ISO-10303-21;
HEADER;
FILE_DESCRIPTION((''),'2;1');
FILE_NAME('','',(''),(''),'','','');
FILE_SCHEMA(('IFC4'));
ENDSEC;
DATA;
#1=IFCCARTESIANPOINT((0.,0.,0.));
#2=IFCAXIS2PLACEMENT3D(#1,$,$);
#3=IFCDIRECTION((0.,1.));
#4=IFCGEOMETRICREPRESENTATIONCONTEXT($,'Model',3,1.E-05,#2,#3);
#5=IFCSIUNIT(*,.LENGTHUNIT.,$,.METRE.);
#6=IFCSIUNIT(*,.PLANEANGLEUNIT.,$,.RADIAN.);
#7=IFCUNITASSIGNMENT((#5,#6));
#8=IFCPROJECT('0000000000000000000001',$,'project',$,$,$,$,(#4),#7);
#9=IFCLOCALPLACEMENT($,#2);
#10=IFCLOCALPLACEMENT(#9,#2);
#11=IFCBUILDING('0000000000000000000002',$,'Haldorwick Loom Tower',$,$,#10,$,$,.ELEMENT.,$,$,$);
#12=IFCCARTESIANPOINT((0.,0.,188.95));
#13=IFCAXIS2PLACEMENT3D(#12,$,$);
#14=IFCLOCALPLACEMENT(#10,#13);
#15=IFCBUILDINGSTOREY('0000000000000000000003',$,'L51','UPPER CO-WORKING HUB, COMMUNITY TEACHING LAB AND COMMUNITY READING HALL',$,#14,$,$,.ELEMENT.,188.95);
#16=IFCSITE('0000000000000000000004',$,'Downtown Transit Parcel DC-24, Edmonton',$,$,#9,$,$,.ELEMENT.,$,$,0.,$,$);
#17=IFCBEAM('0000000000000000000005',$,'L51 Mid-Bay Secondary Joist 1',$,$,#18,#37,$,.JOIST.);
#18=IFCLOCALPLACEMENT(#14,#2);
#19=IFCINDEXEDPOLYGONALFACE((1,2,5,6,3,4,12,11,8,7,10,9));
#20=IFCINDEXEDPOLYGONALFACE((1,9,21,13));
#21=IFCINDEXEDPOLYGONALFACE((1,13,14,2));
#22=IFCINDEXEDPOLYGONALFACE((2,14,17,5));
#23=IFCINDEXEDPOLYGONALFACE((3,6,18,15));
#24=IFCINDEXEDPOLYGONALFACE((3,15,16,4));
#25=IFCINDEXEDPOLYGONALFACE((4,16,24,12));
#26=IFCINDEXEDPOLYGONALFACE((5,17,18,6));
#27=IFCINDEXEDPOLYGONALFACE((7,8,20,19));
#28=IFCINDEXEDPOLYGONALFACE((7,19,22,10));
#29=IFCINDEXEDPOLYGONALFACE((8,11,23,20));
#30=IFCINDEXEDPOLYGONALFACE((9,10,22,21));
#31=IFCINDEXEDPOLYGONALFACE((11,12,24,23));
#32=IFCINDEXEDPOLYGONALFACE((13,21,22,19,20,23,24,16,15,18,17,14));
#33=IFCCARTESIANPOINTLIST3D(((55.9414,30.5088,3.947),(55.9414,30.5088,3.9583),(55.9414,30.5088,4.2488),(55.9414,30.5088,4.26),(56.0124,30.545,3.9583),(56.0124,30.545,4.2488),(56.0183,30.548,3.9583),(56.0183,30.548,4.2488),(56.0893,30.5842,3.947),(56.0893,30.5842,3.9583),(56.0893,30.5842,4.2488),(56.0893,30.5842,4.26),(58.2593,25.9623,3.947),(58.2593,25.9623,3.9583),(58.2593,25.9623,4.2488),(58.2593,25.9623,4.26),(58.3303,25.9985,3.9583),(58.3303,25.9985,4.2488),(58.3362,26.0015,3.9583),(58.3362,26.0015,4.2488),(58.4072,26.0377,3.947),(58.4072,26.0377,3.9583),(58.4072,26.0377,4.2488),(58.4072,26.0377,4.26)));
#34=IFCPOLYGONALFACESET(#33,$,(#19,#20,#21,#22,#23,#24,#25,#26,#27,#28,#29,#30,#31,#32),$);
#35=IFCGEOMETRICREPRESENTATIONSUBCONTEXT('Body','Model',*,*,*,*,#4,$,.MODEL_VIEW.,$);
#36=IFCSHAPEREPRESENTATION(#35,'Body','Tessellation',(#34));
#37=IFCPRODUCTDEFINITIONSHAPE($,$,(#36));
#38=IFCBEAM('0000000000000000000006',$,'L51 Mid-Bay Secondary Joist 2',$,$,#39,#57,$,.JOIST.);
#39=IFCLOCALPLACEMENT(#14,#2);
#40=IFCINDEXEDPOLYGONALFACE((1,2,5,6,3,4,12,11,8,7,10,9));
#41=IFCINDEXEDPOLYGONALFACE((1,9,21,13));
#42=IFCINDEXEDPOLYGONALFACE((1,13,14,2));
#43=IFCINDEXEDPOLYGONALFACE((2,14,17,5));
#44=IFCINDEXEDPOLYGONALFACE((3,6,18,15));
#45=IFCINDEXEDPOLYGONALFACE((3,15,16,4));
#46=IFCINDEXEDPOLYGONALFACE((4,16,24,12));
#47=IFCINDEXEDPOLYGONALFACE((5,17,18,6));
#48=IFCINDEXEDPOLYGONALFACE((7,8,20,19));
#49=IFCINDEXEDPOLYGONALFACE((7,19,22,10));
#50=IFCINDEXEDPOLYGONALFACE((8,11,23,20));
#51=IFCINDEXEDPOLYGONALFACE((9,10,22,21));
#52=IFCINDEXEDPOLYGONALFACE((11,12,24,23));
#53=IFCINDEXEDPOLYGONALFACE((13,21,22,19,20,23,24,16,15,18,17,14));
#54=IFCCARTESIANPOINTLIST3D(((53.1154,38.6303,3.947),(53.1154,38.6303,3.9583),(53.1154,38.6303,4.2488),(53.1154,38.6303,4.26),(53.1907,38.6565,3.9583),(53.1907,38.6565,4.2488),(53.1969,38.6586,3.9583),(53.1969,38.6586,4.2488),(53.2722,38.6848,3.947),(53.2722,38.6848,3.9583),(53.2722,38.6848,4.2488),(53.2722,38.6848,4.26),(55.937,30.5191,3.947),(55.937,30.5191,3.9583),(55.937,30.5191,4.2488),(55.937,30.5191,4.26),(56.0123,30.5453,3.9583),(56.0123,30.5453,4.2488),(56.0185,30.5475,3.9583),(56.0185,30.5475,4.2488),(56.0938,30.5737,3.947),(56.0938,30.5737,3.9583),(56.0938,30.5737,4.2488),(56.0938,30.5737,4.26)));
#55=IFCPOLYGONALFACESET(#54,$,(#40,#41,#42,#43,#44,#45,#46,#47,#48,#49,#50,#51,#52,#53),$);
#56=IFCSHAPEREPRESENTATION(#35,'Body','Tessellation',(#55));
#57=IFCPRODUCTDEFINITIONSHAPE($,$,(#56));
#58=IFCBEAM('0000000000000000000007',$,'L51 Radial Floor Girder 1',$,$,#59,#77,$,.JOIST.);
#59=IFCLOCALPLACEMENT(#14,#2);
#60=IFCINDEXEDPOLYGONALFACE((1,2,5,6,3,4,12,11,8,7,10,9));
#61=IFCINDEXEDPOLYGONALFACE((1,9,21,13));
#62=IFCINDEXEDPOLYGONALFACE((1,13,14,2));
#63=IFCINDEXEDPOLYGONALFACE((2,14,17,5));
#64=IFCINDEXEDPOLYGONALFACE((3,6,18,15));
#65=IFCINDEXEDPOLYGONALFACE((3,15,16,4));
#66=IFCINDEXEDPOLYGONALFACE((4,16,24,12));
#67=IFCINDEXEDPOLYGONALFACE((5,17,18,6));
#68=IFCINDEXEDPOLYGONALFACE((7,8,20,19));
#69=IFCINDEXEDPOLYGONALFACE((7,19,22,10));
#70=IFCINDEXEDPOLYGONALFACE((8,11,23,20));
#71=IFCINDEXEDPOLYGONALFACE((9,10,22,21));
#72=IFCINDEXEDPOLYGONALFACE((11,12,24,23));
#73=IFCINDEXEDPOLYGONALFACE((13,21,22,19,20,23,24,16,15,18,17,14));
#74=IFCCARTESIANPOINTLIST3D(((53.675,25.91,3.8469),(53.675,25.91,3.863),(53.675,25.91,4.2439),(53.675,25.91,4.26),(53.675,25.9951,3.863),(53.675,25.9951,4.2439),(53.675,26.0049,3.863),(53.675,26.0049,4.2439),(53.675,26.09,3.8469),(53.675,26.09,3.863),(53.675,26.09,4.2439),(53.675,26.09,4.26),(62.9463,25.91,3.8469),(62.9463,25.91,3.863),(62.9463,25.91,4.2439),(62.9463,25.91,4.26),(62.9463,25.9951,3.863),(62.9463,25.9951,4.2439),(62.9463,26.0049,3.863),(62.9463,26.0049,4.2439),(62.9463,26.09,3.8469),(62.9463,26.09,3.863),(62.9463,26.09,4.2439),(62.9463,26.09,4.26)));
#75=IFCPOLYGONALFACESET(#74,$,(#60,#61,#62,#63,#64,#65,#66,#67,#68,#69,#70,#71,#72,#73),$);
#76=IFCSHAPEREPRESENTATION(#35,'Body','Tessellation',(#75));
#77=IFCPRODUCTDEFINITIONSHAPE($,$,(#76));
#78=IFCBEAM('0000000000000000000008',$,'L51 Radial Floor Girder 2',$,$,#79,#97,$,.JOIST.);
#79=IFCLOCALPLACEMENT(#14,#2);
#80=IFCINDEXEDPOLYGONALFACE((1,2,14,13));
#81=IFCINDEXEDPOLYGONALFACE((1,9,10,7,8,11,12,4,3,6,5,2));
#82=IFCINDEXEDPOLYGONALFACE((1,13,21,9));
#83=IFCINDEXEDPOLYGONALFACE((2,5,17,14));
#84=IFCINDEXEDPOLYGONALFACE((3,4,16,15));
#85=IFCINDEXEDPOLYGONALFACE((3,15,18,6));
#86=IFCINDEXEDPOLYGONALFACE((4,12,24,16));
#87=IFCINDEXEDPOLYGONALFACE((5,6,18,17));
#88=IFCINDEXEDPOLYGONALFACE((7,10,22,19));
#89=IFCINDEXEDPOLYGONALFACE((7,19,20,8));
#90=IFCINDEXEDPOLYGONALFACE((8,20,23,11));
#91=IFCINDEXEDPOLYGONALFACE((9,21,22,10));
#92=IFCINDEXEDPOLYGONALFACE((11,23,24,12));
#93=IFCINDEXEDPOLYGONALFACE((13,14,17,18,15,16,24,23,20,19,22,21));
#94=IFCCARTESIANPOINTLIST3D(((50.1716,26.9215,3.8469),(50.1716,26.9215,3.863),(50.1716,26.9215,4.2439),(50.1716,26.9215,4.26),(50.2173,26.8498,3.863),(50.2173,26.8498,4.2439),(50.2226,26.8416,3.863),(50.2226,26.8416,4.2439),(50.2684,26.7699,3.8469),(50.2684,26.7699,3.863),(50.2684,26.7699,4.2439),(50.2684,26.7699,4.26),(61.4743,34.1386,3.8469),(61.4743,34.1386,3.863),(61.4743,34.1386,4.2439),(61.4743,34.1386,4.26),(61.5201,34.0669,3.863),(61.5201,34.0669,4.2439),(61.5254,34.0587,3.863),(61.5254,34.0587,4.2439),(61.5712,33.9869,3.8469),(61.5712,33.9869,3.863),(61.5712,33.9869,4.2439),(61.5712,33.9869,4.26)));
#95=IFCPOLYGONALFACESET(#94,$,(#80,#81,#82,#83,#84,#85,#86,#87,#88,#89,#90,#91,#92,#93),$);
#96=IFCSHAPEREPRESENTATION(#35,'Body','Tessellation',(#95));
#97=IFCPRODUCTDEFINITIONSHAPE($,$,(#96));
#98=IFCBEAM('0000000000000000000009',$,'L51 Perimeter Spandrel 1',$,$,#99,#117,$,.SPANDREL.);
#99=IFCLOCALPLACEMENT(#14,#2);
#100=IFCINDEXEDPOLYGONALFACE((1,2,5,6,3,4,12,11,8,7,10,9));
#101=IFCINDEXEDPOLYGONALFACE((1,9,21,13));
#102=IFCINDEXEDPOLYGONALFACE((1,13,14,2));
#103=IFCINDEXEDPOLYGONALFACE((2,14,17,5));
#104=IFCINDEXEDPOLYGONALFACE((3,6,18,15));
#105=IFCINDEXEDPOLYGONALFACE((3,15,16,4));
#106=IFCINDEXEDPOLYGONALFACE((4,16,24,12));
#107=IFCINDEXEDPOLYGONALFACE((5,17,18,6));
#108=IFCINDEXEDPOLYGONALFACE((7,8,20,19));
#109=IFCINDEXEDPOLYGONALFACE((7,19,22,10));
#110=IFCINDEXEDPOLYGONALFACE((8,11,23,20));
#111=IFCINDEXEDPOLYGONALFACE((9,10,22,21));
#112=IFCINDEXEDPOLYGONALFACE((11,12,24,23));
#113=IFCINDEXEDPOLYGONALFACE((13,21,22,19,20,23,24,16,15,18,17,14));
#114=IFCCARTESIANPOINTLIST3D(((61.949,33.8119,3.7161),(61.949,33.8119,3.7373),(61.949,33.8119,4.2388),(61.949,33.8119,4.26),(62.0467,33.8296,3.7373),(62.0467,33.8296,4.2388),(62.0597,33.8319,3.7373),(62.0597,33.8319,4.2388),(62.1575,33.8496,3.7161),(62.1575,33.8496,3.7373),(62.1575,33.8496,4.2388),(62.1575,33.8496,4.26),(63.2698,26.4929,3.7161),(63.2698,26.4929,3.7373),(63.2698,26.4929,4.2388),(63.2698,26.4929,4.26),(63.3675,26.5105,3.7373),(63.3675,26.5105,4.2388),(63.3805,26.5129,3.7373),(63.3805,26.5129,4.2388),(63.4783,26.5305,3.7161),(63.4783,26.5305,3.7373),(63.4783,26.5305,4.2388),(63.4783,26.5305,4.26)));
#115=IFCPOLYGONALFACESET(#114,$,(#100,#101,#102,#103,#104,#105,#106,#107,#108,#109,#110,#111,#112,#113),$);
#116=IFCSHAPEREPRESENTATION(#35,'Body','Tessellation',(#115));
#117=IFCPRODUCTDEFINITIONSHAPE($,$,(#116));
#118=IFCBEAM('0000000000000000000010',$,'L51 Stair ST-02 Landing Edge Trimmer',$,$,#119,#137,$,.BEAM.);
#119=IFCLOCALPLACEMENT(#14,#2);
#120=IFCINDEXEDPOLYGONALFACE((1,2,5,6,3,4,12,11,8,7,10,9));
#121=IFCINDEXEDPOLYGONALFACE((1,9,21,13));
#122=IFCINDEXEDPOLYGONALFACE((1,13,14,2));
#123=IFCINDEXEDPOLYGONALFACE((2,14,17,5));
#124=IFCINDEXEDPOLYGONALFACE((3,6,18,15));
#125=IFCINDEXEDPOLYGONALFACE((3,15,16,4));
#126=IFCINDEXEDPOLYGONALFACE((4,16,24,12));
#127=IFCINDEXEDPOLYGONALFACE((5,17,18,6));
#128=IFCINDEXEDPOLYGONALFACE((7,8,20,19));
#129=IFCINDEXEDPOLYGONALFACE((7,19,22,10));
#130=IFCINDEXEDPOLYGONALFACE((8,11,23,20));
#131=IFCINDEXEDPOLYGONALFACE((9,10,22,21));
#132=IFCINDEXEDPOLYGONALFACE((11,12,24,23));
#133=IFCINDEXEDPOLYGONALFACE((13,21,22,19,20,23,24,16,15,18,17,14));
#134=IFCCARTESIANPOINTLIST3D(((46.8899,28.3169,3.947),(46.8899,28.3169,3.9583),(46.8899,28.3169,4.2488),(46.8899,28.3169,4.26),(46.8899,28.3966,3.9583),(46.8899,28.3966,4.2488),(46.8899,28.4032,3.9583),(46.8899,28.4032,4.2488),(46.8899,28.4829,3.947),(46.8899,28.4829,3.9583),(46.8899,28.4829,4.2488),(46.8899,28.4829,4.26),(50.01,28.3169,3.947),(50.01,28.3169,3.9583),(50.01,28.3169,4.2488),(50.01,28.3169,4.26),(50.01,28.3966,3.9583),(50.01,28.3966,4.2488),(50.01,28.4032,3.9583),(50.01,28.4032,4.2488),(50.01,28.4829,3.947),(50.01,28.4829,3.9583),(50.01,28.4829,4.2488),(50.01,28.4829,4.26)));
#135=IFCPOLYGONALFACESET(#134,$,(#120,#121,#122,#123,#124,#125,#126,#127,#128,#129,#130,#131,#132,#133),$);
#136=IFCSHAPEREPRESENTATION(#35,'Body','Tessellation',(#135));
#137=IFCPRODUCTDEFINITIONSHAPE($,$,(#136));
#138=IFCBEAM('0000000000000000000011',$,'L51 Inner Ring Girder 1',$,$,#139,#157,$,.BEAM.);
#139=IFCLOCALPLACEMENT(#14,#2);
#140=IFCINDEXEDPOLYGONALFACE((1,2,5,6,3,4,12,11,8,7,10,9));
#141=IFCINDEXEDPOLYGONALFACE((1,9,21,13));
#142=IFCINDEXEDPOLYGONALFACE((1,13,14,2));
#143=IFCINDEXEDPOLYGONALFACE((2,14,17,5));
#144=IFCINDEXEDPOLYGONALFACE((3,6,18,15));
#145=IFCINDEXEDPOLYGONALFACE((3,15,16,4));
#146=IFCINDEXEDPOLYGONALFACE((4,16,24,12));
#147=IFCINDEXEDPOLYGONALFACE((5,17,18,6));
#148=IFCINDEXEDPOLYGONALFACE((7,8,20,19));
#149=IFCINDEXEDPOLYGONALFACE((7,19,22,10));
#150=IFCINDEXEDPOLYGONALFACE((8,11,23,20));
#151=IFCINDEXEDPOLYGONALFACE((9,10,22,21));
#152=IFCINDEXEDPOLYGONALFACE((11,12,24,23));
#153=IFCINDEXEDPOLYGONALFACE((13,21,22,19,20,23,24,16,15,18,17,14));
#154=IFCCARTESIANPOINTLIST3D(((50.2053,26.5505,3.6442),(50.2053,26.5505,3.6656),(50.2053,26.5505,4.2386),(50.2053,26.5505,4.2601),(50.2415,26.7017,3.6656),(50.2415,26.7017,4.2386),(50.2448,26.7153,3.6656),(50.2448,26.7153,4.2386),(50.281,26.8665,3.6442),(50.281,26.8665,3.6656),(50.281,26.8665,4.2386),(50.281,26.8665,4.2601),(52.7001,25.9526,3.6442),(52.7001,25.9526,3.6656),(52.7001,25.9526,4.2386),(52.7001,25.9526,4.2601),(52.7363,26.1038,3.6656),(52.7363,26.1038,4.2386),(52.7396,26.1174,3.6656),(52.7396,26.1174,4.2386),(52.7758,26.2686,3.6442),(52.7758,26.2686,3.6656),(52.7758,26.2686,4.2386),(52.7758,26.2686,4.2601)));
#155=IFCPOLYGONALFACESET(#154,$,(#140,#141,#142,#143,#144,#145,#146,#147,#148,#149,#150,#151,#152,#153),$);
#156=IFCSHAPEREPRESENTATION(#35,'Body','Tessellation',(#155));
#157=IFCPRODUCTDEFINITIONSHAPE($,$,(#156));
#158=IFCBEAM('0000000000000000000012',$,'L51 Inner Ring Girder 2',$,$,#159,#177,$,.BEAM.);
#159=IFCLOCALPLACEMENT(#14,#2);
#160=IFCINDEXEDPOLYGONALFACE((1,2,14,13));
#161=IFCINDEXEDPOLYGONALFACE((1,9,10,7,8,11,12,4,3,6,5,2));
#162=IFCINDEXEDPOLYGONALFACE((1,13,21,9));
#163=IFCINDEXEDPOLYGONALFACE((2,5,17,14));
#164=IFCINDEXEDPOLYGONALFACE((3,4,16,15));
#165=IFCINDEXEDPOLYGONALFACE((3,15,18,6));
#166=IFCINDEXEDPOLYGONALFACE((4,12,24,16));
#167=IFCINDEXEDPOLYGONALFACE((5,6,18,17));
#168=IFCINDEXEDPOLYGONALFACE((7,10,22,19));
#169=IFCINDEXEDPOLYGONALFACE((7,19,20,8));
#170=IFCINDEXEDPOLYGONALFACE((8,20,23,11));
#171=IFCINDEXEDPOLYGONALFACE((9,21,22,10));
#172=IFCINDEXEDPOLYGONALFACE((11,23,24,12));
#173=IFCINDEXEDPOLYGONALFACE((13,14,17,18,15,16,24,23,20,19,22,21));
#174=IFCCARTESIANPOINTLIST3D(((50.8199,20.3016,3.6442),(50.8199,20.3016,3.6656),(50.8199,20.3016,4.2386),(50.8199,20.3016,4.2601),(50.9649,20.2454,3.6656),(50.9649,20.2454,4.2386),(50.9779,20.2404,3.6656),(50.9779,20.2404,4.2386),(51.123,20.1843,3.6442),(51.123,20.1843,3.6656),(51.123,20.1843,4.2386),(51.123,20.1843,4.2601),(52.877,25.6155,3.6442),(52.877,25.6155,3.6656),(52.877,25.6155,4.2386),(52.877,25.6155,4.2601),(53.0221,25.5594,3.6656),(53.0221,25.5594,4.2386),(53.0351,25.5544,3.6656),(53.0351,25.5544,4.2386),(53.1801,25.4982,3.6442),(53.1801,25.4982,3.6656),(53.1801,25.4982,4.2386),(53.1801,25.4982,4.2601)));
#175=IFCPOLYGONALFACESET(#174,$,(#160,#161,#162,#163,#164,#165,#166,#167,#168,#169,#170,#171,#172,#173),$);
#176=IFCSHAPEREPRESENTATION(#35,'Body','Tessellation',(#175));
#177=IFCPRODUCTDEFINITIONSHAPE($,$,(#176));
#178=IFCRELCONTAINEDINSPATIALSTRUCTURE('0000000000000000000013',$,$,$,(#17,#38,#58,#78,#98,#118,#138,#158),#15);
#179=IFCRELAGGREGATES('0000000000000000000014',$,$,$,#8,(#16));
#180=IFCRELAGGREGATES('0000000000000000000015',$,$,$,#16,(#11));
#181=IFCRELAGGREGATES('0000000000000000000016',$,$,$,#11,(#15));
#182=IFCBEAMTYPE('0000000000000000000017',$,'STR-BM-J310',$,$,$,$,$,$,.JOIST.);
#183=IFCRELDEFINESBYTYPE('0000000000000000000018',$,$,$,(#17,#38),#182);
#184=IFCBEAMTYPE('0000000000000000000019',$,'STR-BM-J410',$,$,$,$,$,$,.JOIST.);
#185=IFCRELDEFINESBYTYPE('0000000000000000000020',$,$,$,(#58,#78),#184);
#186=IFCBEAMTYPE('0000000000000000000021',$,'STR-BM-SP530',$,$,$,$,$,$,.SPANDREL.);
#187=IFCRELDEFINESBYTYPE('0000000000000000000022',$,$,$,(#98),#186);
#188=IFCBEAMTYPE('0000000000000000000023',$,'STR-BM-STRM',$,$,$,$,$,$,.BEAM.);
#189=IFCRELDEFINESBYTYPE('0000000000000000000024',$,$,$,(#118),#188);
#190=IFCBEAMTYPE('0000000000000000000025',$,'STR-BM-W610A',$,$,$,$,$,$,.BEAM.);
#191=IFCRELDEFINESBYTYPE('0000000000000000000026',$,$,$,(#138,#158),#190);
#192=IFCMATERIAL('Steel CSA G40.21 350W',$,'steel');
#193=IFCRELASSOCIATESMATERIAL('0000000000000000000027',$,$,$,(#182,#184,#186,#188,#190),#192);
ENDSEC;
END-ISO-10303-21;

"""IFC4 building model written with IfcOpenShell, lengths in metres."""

from ifc_helpers import new_model, si_unit, direction, frame, origin, origin_2d, place, context, subcontext, project, spatial, i_section, extrude, material, material_profile, profile_set, type_object, element, save


model = new_model("IFC4")

# Units and contexts
model_context = context("Model", 3, precision=1e-05, world=origin(), true_north=direction((0.0, 1.0)))
body_context = subcontext(model_context, "Body", "Model", "MODEL_VIEW")
ifc_project = project(units=[si_unit("LENGTHUNIT", "METRE"), si_unit("PLANEANGLEUNIT", "RADIAN")], contexts=[model_context])

# Site, building, storey
site_placement = place(None, origin())
site = spatial("IfcSite", under=ifc_project, at=site_placement, Name="Downtown Transit Parcel DC-24, Edmonton", CompositionType="ELEMENT", RefElevation=0.0)
building_placement = place(site_placement, origin())
building = spatial("IfcBuilding", under=site, at=building_placement, Name="Haldorwick Loom Tower", CompositionType="ELEMENT")
storey_placement = place(building_placement, frame((0.0, 0.0, 188.95)))
storey = spatial("IfcBuildingStorey", under=building, at=storey_placement, Name="L51", Description="UPPER CO-WORKING HUB, COMMUNITY TEACHING LAB AND COMMUNITY READING HALL", CompositionType="ELEMENT", Elevation=188.95)

# Shared definitions
ifc_material_1 = material(Name="Steel CSA G40.21 350W", Category="steel")

# Beams
ifc_material_profile_1 = material_profile(ifc_material_1, i_section(OverallWidth=0.166, OverallDepth=0.313, WebThickness=0.0066, FlangeThickness=0.0112, at=origin_2d()), Name="W310X45", Category="steel")
ifc_profile_set_1 = profile_set([ifc_material_profile_1], Name="Steel CSA G40.21 350W")
beam_type_1 = type_object("IfcBeamType", Name="STR-BM-J310", PredefinedType="JOIST", material=ifc_profile_set_1)
beam_1_placement = place(storey_placement, frame((58.3333, 26.0, 4.1035), z_axis=(-0.454204, 0.890898, 0.0), x_axis=(-0.890898, -0.454204, 0.0)))
element("IfcBeam", 1, at=beam_1_placement, inside=storey, type_object=beam_type_1, Name="L51 Mid-Bay Secondary Joist 1", PredefinedType="JOIST", context=body_context, shape_type="SweptSolid", body=[
    extrude(i_section(OverallWidth=0.166, OverallDepth=0.313, WebThickness=0.0066, FlangeThickness=0.0112, at=origin_2d()), origin(), (0.0, 0.0, 1.0), 5.1033),
])
beam_2_placement = place(storey_placement, frame((56.0154, 30.5464, 4.1035), z_axis=(-0.32855, 0.944486, 0.0), x_axis=(-0.944486, -0.32855, 0.0)))
element("IfcBeam", 2, at=beam_2_placement, inside=storey, type_object=beam_type_1, Name="L51 Mid-Bay Secondary Joist 2", PredefinedType="JOIST", context=body_context, shape_type="SweptSolid", body=[
    extrude(i_section(OverallWidth=0.166, OverallDepth=0.313, WebThickness=0.0066, FlangeThickness=0.0112, at=origin_2d()), origin(), (0.0, 0.0, 1.0), 8.5879),
])
ifc_material_profile_2 = material_profile(ifc_material_1, i_section(OverallWidth=0.1799, OverallDepth=0.4131, WebThickness=0.0098, FlangeThickness=0.0161, at=origin_2d()), Name="W410X74", Category="steel")
ifc_profile_set_2 = profile_set([ifc_material_profile_2], Name="Steel CSA G40.21 350W")
beam_type_2 = type_object("IfcBeamType", Name="STR-BM-J410", PredefinedType="JOIST", material=ifc_profile_set_2)
beam_3_placement = place(storey_placement, frame((53.675, 26.0, 4.0535), z_axis=(1.0, 0.0, 0.0), x_axis=(0.0, 1.0, 0.0)))
element("IfcBeam", 3, at=beam_3_placement, inside=storey, type_object=beam_type_2, Name="L51 Radial Floor Girder 1", PredefinedType="JOIST", context=body_context, shape_type="SweptSolid", body=[
    extrude(i_section(OverallWidth=0.1799, OverallDepth=0.4131, WebThickness=0.0098, FlangeThickness=0.0161, at=origin_2d()), origin(), (0.0, 0.0, 1.0), 9.2712),
])
beam_4_placement = place(storey_placement, frame((50.22, 26.8457, 4.0535), z_axis=(0.842837, 0.538169, 0.0), x_axis=(-0.538169, 0.842837, 0.0)))
element("IfcBeam", 4, at=beam_4_placement, inside=storey, type_object=beam_type_2, Name="L51 Radial Floor Girder 2", PredefinedType="JOIST", context=body_context, shape_type="SweptSolid", body=[
    extrude(i_section(OverallWidth=0.1799, OverallDepth=0.4131, WebThickness=0.0098, FlangeThickness=0.0161, at=origin_2d()), origin(), (0.0, 0.0, 1.0), 13.4104),
])
ifc_material_profile_3 = material_profile(ifc_material_1, i_section(OverallWidth=0.2119, OverallDepth=0.5439, WebThickness=0.0132, FlangeThickness=0.0212, at=origin_2d()), Name="W530X123", Category="steel")
ifc_profile_set_3 = profile_set([ifc_material_profile_3], Name="Steel CSA G40.21 350W")
beam_type_3 = type_object("IfcBeamType", Name="STR-BM-SP530", PredefinedType="SPANDREL", material=ifc_profile_set_3)
beam_5_placement = place(storey_placement, frame((63.374, 26.5117, 3.988), z_axis=(-0.177591, 0.984104, 0.0), x_axis=(-0.984104, -0.177591, 0.0)))
element("IfcBeam", 5, at=beam_5_placement, inside=storey, type_object=beam_type_3, Name="L51 Perimeter Spandrel 1", PredefinedType="SPANDREL", context=body_context, shape_type="SweptSolid", body=[
    extrude(i_section(OverallWidth=0.2119, OverallDepth=0.5439, WebThickness=0.0132, FlangeThickness=0.0212, at=origin_2d()), origin(), (0.0, 0.0, 1.0), 7.4373),
])
ifc_material_profile_4 = material_profile(ifc_material_1, i_section(OverallWidth=0.166, OverallDepth=0.313, WebThickness=0.0066, FlangeThickness=0.0112, at=origin_2d()), Name="W310X45", Category="steel")
ifc_profile_set_4 = profile_set([ifc_material_profile_4], Name="Steel CSA G40.21 350W")
beam_type_4 = type_object("IfcBeamType", Name="STR-BM-STRM", PredefinedType="BEAM", material=ifc_profile_set_4)
beam_6_placement = place(storey_placement, frame((46.8899, 28.3999, 4.1035), z_axis=(1.0, 0.0, 0.0), x_axis=(0.0, 1.0, 0.0)))
element("IfcBeam", 6, at=beam_6_placement, inside=storey, type_object=beam_type_4, Name="L51 Stair ST-02 Landing Edge Trimmer", PredefinedType="BEAM", context=body_context, shape_type="SweptSolid", body=[
    extrude(i_section(OverallWidth=0.166, OverallDepth=0.313, WebThickness=0.0066, FlangeThickness=0.0112, at=origin_2d()), origin(), (0.0, 0.0, 1.0), 3.1201),
])
ifc_material_profile_5 = material_profile(ifc_material_1, i_section(OverallWidth=0.325, OverallDepth=0.616, WebThickness=0.0139, FlangeThickness=0.0215, at=origin_2d()), Name="W610X174", Category="steel")
ifc_profile_set_5 = profile_set([ifc_material_profile_5], Name="Steel CSA G40.21 350W")
beam_type_5 = type_object("IfcBeamType", Name="STR-BM-W610A", PredefinedType="BEAM", material=ifc_profile_set_5)
beam_7_placement = place(storey_placement, frame((50.2432, 26.7085, 3.9521), z_axis=(0.972464, -0.233053, 0.0), x_axis=(0.233053, 0.972464, 0.0)))
element("IfcBeam", 7, at=beam_7_placement, inside=storey, type_object=beam_type_5, Name="L51 Inner Ring Girder 1", PredefinedType="BEAM", context=body_context, shape_type="SweptSolid", body=[
    extrude(i_section(OverallWidth=0.325, OverallDepth=0.616, WebThickness=0.0139, FlangeThickness=0.0215, at=origin_2d()), origin(), (0.0, 0.0, 1.0), 2.5654),
])
beam_8_placement = place(storey_placement, frame((53.0286, 25.5569, 3.9521), z_axis=(-0.361011, -0.932562, 0.0), x_axis=(0.932562, -0.361011, 0.0)))
element("IfcBeam", 8, at=beam_8_placement, inside=storey, type_object=beam_type_5, Name="L51 Inner Ring Girder 2", PredefinedType="BEAM", context=body_context, shape_type="SweptSolid", body=[
    extrude(i_section(OverallWidth=0.325, OverallDepth=0.616, WebThickness=0.0139, FlangeThickness=0.0215, at=origin_2d()), origin(), (0.0, 0.0, 1.0), 5.6982),
])

save(model, "model.ifc")
